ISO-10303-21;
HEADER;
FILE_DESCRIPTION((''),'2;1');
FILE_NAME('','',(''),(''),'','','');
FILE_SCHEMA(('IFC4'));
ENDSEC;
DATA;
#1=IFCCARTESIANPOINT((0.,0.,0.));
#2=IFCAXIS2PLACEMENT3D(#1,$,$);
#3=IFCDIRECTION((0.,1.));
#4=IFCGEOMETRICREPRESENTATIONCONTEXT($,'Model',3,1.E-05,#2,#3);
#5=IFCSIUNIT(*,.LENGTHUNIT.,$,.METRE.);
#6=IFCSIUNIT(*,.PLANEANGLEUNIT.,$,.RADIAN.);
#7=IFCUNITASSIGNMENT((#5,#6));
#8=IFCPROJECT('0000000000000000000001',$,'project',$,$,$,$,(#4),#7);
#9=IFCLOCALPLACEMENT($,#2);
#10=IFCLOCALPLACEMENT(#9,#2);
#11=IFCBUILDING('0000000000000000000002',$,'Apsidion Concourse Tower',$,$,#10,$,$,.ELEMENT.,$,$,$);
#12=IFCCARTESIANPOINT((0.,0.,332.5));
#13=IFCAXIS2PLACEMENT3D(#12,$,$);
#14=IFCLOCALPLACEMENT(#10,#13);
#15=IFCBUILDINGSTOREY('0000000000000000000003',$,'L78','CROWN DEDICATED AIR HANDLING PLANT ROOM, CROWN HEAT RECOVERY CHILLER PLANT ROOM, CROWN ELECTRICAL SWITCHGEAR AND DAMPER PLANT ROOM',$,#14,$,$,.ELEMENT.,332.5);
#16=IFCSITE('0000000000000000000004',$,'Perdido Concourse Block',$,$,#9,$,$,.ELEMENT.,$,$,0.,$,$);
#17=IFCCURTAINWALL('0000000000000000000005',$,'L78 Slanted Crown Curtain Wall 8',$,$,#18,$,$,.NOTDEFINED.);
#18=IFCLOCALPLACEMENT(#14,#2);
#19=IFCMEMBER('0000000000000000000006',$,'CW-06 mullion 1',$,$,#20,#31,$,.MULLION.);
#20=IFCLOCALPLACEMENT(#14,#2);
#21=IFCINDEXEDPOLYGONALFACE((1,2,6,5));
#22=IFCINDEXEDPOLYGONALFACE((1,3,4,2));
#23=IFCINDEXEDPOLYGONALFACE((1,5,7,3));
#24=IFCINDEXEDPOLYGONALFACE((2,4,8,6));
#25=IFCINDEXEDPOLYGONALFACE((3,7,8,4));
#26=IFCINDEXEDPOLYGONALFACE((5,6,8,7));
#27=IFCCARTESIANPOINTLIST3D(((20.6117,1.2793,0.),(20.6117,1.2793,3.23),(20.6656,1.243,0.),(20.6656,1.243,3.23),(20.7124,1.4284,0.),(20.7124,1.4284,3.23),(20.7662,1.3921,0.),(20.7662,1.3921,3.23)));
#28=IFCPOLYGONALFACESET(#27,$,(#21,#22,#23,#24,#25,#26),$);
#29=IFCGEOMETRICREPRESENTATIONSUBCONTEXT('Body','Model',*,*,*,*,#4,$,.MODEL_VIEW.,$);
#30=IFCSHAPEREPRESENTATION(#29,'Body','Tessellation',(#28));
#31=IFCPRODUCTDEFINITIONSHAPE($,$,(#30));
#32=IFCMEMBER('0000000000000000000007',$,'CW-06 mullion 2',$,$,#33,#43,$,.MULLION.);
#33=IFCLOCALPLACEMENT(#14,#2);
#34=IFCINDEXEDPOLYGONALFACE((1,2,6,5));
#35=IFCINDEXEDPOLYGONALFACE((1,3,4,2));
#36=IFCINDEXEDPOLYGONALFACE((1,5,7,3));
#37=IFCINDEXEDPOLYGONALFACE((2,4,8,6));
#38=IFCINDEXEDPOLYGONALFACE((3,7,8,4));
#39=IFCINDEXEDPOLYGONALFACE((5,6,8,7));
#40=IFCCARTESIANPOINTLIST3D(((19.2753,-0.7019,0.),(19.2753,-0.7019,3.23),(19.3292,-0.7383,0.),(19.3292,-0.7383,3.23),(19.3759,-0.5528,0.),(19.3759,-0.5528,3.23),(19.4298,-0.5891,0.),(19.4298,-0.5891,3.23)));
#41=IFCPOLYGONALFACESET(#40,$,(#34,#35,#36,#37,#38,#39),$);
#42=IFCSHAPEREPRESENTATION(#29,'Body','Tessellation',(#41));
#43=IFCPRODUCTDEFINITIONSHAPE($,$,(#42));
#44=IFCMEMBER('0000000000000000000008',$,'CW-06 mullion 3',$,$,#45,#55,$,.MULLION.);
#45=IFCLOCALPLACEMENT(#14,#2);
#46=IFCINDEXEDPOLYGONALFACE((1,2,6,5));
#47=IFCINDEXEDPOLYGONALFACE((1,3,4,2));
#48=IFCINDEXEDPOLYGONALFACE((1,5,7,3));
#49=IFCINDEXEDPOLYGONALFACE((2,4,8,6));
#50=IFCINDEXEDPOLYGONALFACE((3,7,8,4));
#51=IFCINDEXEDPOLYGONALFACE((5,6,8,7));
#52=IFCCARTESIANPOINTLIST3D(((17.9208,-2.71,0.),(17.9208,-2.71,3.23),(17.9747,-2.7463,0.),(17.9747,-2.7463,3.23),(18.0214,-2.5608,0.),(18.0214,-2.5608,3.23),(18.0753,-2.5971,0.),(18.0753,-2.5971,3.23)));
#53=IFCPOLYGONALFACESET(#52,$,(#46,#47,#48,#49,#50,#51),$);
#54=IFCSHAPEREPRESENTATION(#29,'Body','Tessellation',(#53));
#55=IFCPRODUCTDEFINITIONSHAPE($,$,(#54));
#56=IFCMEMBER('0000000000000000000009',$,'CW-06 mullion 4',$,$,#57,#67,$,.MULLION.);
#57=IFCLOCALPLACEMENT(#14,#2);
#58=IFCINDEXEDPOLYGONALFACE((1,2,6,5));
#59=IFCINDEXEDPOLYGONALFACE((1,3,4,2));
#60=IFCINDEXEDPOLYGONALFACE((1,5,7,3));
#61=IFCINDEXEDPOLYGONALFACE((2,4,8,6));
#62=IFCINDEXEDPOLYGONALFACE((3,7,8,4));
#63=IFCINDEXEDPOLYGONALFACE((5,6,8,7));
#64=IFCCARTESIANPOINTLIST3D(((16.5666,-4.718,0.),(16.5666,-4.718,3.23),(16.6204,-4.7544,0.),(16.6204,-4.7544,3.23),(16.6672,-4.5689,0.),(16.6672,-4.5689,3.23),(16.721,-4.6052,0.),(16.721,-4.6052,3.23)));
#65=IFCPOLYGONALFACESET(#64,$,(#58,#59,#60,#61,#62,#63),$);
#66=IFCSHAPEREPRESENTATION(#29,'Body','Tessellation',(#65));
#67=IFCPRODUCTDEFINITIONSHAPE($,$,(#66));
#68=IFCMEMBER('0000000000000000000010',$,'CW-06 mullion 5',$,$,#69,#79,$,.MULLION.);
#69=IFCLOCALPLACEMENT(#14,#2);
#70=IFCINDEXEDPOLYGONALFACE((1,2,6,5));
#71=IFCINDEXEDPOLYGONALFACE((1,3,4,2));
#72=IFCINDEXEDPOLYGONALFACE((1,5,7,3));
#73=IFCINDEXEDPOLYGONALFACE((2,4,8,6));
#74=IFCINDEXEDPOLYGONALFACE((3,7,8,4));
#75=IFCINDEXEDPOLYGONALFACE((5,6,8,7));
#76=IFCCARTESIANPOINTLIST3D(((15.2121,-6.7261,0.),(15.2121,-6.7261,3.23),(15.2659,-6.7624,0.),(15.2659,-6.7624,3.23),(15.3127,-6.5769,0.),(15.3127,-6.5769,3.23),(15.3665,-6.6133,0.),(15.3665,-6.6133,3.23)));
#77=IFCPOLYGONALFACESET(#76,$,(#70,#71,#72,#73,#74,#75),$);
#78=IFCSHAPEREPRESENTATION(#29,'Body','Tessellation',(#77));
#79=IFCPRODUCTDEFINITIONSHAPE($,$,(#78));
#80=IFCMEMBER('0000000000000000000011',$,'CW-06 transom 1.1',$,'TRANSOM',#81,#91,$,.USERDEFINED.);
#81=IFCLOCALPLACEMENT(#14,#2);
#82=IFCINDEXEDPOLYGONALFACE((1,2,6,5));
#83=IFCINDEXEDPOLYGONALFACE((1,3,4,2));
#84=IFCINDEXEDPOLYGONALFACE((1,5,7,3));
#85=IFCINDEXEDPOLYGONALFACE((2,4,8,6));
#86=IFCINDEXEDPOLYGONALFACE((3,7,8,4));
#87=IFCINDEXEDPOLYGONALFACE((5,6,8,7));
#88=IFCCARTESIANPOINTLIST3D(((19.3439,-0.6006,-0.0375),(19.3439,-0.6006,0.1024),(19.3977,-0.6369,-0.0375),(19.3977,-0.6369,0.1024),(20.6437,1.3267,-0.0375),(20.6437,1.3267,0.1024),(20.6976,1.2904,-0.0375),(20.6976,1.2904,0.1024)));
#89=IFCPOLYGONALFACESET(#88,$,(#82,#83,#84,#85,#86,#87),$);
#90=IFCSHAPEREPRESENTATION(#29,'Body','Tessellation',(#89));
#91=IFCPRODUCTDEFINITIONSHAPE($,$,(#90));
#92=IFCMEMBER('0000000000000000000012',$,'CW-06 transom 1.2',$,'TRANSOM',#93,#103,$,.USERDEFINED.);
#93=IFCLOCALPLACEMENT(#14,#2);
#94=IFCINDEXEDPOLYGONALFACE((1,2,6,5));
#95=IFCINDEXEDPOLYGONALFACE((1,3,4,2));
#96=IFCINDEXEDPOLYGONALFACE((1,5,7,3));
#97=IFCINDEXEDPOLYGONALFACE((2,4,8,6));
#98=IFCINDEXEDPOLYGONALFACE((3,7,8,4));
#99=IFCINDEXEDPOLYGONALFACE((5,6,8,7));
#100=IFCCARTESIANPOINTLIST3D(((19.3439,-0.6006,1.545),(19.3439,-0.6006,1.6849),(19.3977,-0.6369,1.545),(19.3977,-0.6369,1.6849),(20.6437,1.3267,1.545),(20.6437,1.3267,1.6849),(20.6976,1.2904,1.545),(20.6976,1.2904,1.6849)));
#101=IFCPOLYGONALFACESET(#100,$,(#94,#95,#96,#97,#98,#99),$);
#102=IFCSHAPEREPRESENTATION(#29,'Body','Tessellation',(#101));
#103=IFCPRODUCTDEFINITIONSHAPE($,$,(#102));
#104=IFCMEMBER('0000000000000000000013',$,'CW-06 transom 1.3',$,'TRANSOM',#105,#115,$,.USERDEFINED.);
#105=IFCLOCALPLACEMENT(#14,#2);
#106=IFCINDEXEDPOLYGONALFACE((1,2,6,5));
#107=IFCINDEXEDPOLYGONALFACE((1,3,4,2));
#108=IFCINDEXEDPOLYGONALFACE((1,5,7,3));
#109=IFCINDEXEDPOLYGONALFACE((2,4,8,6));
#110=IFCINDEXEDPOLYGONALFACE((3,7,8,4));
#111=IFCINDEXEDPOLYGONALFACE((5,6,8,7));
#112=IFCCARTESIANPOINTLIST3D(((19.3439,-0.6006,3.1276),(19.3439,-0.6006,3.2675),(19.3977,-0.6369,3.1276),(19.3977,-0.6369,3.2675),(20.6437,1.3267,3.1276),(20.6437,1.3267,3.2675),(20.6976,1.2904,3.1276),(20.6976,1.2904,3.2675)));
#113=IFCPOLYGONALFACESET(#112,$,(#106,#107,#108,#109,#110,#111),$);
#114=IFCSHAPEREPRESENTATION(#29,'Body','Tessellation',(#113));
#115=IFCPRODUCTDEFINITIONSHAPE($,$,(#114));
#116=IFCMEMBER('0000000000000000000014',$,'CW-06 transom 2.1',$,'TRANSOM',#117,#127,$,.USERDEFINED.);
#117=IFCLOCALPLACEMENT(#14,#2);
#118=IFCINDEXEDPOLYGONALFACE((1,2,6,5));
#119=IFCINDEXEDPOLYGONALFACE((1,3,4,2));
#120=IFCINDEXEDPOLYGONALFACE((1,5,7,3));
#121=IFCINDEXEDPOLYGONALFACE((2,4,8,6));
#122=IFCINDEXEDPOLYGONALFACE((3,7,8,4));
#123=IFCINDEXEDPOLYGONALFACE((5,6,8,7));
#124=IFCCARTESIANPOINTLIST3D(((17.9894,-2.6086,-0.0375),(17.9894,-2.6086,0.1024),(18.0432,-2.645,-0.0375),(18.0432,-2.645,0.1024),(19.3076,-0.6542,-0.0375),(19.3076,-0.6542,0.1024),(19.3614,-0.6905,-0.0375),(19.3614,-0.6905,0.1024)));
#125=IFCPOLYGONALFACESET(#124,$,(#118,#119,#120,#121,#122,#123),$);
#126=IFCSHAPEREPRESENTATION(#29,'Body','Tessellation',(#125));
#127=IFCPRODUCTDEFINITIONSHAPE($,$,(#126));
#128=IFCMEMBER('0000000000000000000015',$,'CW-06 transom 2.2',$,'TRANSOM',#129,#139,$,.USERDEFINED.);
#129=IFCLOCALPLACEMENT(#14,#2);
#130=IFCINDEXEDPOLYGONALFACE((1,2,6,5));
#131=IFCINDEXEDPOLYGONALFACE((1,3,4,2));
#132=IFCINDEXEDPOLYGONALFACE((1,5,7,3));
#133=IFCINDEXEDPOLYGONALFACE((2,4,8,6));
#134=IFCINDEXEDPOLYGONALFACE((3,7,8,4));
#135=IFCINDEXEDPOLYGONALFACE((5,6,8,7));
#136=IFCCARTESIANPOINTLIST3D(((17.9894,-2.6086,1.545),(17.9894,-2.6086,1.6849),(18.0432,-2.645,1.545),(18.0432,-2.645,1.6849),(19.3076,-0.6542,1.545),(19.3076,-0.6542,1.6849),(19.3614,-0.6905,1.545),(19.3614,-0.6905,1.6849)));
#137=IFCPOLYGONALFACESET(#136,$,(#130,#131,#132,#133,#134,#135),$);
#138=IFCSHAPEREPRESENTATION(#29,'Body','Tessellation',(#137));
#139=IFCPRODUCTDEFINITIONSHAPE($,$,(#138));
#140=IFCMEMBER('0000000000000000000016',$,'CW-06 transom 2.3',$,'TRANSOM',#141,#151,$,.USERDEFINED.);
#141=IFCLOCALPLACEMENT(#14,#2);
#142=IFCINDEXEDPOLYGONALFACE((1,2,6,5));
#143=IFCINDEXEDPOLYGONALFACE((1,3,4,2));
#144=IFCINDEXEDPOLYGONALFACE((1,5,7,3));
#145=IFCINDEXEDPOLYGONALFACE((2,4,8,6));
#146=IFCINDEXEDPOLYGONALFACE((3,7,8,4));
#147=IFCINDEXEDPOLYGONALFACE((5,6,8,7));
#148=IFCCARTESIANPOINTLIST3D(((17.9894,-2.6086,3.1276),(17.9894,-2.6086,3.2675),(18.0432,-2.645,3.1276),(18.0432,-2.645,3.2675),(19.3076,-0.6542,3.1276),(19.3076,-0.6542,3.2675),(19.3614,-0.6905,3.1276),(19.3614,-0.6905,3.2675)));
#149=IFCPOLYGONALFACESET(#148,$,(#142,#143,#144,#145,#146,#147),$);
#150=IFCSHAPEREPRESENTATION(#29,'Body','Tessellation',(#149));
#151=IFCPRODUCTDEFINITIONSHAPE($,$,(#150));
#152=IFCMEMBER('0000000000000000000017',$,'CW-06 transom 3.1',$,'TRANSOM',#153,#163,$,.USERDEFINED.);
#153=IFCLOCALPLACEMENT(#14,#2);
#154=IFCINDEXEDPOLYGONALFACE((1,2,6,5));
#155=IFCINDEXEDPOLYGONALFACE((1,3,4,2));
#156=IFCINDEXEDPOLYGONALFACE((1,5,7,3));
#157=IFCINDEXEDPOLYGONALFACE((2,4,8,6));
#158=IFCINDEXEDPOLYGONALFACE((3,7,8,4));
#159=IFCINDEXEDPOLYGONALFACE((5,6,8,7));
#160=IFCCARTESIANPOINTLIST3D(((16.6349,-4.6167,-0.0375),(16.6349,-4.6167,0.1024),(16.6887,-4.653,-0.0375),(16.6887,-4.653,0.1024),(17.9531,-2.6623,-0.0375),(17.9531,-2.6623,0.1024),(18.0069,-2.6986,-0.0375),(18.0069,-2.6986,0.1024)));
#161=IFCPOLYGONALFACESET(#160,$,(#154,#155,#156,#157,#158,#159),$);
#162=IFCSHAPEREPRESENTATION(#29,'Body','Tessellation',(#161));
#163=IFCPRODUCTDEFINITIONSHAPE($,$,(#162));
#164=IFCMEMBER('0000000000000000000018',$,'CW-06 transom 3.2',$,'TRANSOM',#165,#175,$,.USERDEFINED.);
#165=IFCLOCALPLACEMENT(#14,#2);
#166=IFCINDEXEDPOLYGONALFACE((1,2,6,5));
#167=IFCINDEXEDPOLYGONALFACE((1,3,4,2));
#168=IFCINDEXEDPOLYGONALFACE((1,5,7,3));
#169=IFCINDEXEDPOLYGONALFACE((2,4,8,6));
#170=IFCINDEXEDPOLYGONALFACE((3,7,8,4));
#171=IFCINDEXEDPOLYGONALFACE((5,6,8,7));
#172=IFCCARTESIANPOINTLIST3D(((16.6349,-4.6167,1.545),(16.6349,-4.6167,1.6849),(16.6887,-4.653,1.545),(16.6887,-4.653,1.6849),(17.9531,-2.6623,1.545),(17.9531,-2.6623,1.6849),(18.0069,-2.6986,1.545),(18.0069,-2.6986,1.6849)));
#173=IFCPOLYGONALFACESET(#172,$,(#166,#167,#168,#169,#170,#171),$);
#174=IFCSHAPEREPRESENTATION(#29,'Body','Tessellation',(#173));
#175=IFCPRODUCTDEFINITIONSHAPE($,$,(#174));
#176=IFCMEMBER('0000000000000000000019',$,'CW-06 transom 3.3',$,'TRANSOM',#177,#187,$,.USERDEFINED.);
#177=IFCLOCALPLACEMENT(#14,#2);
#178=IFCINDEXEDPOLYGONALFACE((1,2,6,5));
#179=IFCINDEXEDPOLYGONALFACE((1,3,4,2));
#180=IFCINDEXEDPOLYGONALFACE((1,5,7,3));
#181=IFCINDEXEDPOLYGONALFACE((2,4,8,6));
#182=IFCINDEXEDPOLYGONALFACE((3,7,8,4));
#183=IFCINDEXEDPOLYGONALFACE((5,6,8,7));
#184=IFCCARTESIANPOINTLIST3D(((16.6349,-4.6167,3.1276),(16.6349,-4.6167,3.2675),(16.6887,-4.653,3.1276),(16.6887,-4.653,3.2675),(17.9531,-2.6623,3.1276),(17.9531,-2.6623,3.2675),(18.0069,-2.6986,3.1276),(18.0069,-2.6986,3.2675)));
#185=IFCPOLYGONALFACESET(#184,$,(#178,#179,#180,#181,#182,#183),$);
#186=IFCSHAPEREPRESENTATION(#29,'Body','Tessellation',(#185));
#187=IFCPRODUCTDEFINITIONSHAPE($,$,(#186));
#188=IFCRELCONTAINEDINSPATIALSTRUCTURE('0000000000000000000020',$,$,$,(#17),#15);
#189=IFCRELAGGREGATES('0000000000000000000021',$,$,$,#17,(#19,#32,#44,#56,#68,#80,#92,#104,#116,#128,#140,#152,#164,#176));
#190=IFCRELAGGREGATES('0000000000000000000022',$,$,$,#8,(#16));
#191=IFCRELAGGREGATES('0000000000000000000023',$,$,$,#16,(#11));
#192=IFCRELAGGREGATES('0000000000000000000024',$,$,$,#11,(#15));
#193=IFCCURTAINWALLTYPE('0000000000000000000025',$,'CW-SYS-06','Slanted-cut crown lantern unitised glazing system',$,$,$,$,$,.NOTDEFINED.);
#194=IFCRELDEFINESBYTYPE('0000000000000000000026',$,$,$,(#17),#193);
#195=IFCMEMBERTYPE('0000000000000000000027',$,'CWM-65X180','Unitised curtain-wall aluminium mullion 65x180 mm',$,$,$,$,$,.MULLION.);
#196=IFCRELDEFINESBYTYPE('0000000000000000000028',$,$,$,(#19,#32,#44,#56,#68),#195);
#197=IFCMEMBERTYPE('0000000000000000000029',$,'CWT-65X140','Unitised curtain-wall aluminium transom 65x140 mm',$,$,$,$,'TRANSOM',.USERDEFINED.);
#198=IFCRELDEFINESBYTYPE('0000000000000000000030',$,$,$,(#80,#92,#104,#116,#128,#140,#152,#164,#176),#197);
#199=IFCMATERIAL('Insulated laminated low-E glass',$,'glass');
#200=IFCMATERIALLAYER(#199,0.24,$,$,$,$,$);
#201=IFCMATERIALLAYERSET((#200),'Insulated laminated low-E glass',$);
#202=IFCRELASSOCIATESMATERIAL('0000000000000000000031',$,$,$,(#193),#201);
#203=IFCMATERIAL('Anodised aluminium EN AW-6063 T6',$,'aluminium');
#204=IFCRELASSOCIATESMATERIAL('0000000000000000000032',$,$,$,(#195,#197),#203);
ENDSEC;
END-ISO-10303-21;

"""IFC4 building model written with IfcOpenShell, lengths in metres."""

from ifc_helpers import new_model, si_unit, direction, frame, origin, origin_2d, place, context, subcontext, project, spatial, rectangle, extrude, material, layer, layer_set, material_profile, profile_set, type_object, element, aggregate, save


model = new_model("IFC4")

# Units and contexts
model_context = context("Model", 3, precision=1e-05, world=origin(), true_north=direction((0.0, 1.0)))
body_context = subcontext(model_context, "Body", "Model", "MODEL_VIEW")
ifc_project = project(units=[si_unit("LENGTHUNIT", "METRE"), si_unit("PLANEANGLEUNIT", "RADIAN")], contexts=[model_context])

# Site, building, storey
site_placement = place(None, origin())
site = spatial("IfcSite", under=ifc_project, at=site_placement, Name="Perdido Concourse Block", CompositionType="ELEMENT", RefElevation=0.0)
building_placement = place(site_placement, origin())
building = spatial("IfcBuilding", under=site, at=building_placement, Name="Apsidion Concourse Tower", CompositionType="ELEMENT")
storey_placement = place(building_placement, frame((0.0, 0.0, 332.5)))
storey = spatial("IfcBuildingStorey", under=building, at=storey_placement, Name="L78", Description="CROWN DEDICATED AIR HANDLING PLANT ROOM, CROWN HEAT RECOVERY CHILLER PLANT ROOM, CROWN ELECTRICAL SWITCHGEAR AND DAMPER PLANT ROOM", CompositionType="ELEMENT", Elevation=332.5)

# Curtain wall, members
ifc_material_1 = material(Name="Insulated laminated low-E glass", Category="glass")
ifc_layer_1 = layer(ifc_material_1, 0.24)
ifc_layer_set_1 = layer_set([ifc_layer_1], Name="Insulated laminated low-E glass")
curtain_wall_type = type_object("IfcCurtainWallType", Name="CW-SYS-06", Description="Slanted-cut crown lantern unitised glazing system", PredefinedType="NOTDEFINED", material=ifc_layer_set_1)
curtain_wall_placement = place(storey_placement, origin())
curtain_wall = element("IfcCurtainWall", 1, at=curtain_wall_placement, inside=storey, type_object=curtain_wall_type, Name="L78 Slanted Crown Curtain Wall 8", PredefinedType="NOTDEFINED")
ifc_material_2 = material(Name="Anodised aluminium EN AW-6063 T6", Category="aluminium")
ifc_material_profile_1 = material_profile(ifc_material_2, rectangle(XDim=0.0649, YDim=0.1799, at=origin_2d()), Name="ALU MULLION 65x180")
ifc_profile_set_1 = profile_set([ifc_material_profile_1], Name="Anodised aluminium EN AW-6063 T6")
member_type_1 = type_object("IfcMemberType", Name="CWM-65X180", Description="Unitised curtain-wall aluminium mullion 65x180 mm", PredefinedType="MULLION", material=ifc_profile_set_1)
member_1_placement = place(storey_placement, frame((20.689, 1.3357, 0.0), z_axis=(0.0, 0.0, 1.0), x_axis=(0.829038, -0.559192, 0.0)))
member_1 = element("IfcMember", 2, at=member_1_placement, type_object=member_type_1, Name="CW-06 mullion 1", PredefinedType="MULLION", context=body_context, shape_type="SweptSolid", body=[
    extrude(rectangle(XDim=0.0649, YDim=0.1799, at=origin_2d()), origin(), (0.0, 0.0, 1.0), 3.23),
])
member_2_placement = place(storey_placement, frame((19.3525, -0.6455, 0.0), z_axis=(0.0, 0.0, 1.0), x_axis=(0.829038, -0.559192, 0.0)))
member_2 = element("IfcMember", 3, at=member_2_placement, type_object=member_type_1, Name="CW-06 mullion 2", PredefinedType="MULLION", context=body_context, shape_type="SweptSolid", body=[
    extrude(rectangle(XDim=0.0649, YDim=0.1799, at=origin_2d()), origin(), (0.0, 0.0, 1.0), 3.23),
])
member_3_placement = place(storey_placement, frame((17.998, -2.6536, 0.0), z_axis=(0.0, 0.0, 1.0), x_axis=(0.829038, -0.559192, 0.0)))
member_3 = element("IfcMember", 4, at=member_3_placement, type_object=member_type_1, Name="CW-06 mullion 3", PredefinedType="MULLION", context=body_context, shape_type="SweptSolid", body=[
    extrude(rectangle(XDim=0.0649, YDim=0.1799, at=origin_2d()), origin(), (0.0, 0.0, 1.0), 3.23),
])
member_4_placement = place(storey_placement, frame((16.6438, -4.6616, 0.0), z_axis=(0.0, 0.0, 1.0), x_axis=(0.829038, -0.559192, 0.0)))
member_4 = element("IfcMember", 5, at=member_4_placement, type_object=member_type_1, Name="CW-06 mullion 4", PredefinedType="MULLION", context=body_context, shape_type="SweptSolid", body=[
    extrude(rectangle(XDim=0.0649, YDim=0.1799, at=origin_2d()), origin(), (0.0, 0.0, 1.0), 3.23),
])
member_5_placement = place(storey_placement, frame((15.2893, -6.6697, 0.0), z_axis=(0.0, 0.0, 1.0), x_axis=(0.829038, -0.559192, 0.0)))
member_5 = element("IfcMember", 6, at=member_5_placement, type_object=member_type_1, Name="CW-06 mullion 5", PredefinedType="MULLION", context=body_context, shape_type="SweptSolid", body=[
    extrude(rectangle(XDim=0.0649, YDim=0.1799, at=origin_2d()), origin(), (0.0, 0.0, 1.0), 3.23),
])
ifc_material_profile_2 = material_profile(ifc_material_2, rectangle(XDim=0.0649, YDim=0.1399, at=origin_2d()), Name="ALU TRANSOM 65x140")
ifc_profile_set_2 = profile_set([ifc_material_profile_2], Name="Anodised aluminium EN AW-6063 T6")
member_type_2 = type_object("IfcMemberType", Name="CWT-65X140", Description="Unitised curtain-wall aluminium transom 65x140 mm", ElementType="TRANSOM", PredefinedType="USERDEFINED", material=ifc_profile_set_2)
member_6_placement = place(storey_placement, frame((20.6707, 1.3086, 0.0325), z_axis=(-0.559152, -0.829065, 0.0), x_axis=(0.829065, -0.559152, 0.0)))
member_6 = element("IfcMember", 7, at=member_6_placement, type_object=member_type_2, Name="CW-06 transom 1.1", ObjectType="TRANSOM", PredefinedType="USERDEFINED", context=body_context, shape_type="SweptSolid", body=[
    extrude(rectangle(XDim=0.0649, YDim=0.1399, at=origin_2d()), origin(), (0.0, 0.0, 1.0), 2.3247),
])
member_7_placement = place(storey_placement, frame((20.6707, 1.3086, 1.615), z_axis=(-0.559152, -0.829065, 0.0), x_axis=(0.829065, -0.559152, 0.0)))
member_7 = element("IfcMember", 8, at=member_7_placement, type_object=member_type_2, Name="CW-06 transom 1.2", ObjectType="TRANSOM", PredefinedType="USERDEFINED", context=body_context, shape_type="SweptSolid", body=[
    extrude(rectangle(XDim=0.0649, YDim=0.1399, at=origin_2d()), origin(), (0.0, 0.0, 1.0), 2.3247),
])
member_8_placement = place(storey_placement, frame((20.6707, 1.3086, 3.1975), z_axis=(-0.559152, -0.829065, 0.0), x_axis=(0.829065, -0.559152, 0.0)))
member_8 = element("IfcMember", 9, at=member_8_placement, type_object=member_type_2, Name="CW-06 transom 1.3", ObjectType="TRANSOM", PredefinedType="USERDEFINED", context=body_context, shape_type="SweptSolid", body=[
    extrude(rectangle(XDim=0.0649, YDim=0.1399, at=origin_2d()), origin(), (0.0, 0.0, 1.0), 2.3247),
])
member_9_placement = place(storey_placement, frame((19.3345, -0.6724, 0.0325), z_axis=(-0.559162, -0.829059, 0.0), x_axis=(0.829059, -0.559162, 0.0)))
member_9 = element("IfcMember", 10, at=member_9_placement, type_object=member_type_2, Name="CW-06 transom 2.1", ObjectType="TRANSOM", PredefinedType="USERDEFINED", context=body_context, shape_type="SweptSolid", body=[
    extrude(rectangle(XDim=0.0649, YDim=0.1399, at=origin_2d()), origin(), (0.0, 0.0, 1.0), 2.3574),
])
member_10_placement = place(storey_placement, frame((19.3345, -0.6724, 1.615), z_axis=(-0.559162, -0.829059, 0.0), x_axis=(0.829059, -0.559162, 0.0)))
member_10 = element("IfcMember", 11, at=member_10_placement, type_object=member_type_2, Name="CW-06 transom 2.2", ObjectType="TRANSOM", PredefinedType="USERDEFINED", context=body_context, shape_type="SweptSolid", body=[
    extrude(rectangle(XDim=0.0649, YDim=0.1399, at=origin_2d()), origin(), (0.0, 0.0, 1.0), 2.3574),
])
member_11_placement = place(storey_placement, frame((19.3345, -0.6724, 3.1975), z_axis=(-0.559162, -0.829059, 0.0), x_axis=(0.829059, -0.559162, 0.0)))
member_11 = element("IfcMember", 12, at=member_11_placement, type_object=member_type_2, Name="CW-06 transom 2.3", ObjectType="TRANSOM", PredefinedType="USERDEFINED", context=body_context, shape_type="SweptSolid", body=[
    extrude(rectangle(XDim=0.0649, YDim=0.1399, at=origin_2d()), origin(), (0.0, 0.0, 1.0), 2.3574),
])
member_12_placement = place(storey_placement, frame((17.98, -2.6804, 0.0325), z_axis=(-0.559162, -0.829059, 0.0), x_axis=(0.829059, -0.559162, 0.0)))
member_12 = element("IfcMember", 13, at=member_12_placement, type_object=member_type_2, Name="CW-06 transom 3.1", ObjectType="TRANSOM", PredefinedType="USERDEFINED", context=body_context, shape_type="SweptSolid", body=[
    extrude(rectangle(XDim=0.0649, YDim=0.1399, at=origin_2d()), origin(), (0.0, 0.0, 1.0), 2.3574),
])
member_13_placement = place(storey_placement, frame((17.98, -2.6804, 1.615), z_axis=(-0.559162, -0.829059, 0.0), x_axis=(0.829059, -0.559162, 0.0)))
member_13 = element("IfcMember", 14, at=member_13_placement, type_object=member_type_2, Name="CW-06 transom 3.2", ObjectType="TRANSOM", PredefinedType="USERDEFINED", context=body_context, shape_type="SweptSolid", body=[
    extrude(rectangle(XDim=0.0649, YDim=0.1399, at=origin_2d()), origin(), (0.0, 0.0, 1.0), 2.3574),
])
member_14_placement = place(storey_placement, frame((17.98, -2.6804, 3.1975), z_axis=(-0.559162, -0.829059, 0.0), x_axis=(0.829059, -0.559162, 0.0)))
member_14 = element("IfcMember", 15, at=member_14_placement, type_object=member_type_2, Name="CW-06 transom 3.3", ObjectType="TRANSOM", PredefinedType="USERDEFINED", context=body_context, shape_type="SweptSolid", body=[
    extrude(rectangle(XDim=0.0649, YDim=0.1399, at=origin_2d()), origin(), (0.0, 0.0, 1.0), 2.3574),
])
aggregate(curtain_wall, [member_1, member_2, member_3, member_4, member_5, member_6, member_7, member_8, member_9, member_10, member_11, member_12, member_13, member_14])

save(model, "model.ifc")
